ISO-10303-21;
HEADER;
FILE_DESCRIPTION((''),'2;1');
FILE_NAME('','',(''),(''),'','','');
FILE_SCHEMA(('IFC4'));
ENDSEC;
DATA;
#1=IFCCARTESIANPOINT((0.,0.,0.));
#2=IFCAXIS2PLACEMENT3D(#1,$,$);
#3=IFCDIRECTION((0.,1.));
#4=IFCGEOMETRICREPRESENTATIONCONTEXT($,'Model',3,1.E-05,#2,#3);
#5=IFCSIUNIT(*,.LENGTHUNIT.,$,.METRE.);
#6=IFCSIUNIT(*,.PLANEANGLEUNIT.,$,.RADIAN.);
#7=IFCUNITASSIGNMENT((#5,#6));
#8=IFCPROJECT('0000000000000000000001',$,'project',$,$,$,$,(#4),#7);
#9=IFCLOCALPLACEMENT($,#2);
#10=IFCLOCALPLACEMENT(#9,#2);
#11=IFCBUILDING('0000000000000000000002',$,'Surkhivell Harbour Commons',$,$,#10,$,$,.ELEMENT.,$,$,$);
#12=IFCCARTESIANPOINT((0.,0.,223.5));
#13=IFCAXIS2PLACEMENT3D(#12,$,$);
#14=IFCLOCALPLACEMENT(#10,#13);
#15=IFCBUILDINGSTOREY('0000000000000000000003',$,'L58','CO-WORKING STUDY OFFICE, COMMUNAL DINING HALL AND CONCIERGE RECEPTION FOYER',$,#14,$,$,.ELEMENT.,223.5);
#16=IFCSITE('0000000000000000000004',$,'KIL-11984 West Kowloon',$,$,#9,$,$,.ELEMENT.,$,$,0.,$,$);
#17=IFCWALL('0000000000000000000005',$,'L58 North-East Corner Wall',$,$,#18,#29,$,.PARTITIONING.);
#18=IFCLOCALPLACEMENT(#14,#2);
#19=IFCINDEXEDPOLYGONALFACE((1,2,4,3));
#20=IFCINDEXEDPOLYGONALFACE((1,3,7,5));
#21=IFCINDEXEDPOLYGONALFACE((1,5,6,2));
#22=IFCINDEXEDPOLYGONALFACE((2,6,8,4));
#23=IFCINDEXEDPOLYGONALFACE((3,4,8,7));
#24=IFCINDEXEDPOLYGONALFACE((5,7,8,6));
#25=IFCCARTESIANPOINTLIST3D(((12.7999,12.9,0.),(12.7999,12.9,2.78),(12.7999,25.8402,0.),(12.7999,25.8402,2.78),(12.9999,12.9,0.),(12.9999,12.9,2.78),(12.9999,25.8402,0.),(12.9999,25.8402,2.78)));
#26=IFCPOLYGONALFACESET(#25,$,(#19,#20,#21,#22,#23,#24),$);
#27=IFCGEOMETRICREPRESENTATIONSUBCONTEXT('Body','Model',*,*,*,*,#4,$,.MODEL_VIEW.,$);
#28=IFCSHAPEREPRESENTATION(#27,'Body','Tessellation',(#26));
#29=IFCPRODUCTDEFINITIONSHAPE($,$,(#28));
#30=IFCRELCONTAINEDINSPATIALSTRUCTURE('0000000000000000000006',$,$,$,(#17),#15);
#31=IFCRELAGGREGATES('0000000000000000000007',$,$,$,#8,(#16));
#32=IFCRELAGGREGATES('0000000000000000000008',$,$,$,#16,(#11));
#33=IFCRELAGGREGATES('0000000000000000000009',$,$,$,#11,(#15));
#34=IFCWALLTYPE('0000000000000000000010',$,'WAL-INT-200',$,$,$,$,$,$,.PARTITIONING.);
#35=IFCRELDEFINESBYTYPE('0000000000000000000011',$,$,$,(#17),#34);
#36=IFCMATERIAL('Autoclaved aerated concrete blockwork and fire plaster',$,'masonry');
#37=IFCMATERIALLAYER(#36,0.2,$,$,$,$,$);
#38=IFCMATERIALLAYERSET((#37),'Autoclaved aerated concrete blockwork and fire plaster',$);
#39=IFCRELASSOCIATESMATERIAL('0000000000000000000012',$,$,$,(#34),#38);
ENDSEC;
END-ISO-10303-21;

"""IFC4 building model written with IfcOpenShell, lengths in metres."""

from ifc_helpers import new_model, si_unit, direction, frame, frame_2d, origin, place, context, subcontext, project, spatial, rectangle, extrude, material, layer, layer_set, type_object, element, save


model = new_model("IFC4")

# Units and contexts
model_context = context("Model", 3, precision=1e-05, world=origin(), true_north=direction((0.0, 1.0)))
body_context = subcontext(model_context, "Body", "Model", "MODEL_VIEW")
ifc_project = project(units=[si_unit("LENGTHUNIT", "METRE"), si_unit("PLANEANGLEUNIT", "RADIAN")], contexts=[model_context])

# Site, building, storey
site_placement = place(None, origin())
site = spatial("IfcSite", under=ifc_project, at=site_placement, Name="KIL-11984 West Kowloon", CompositionType="ELEMENT", RefElevation=0.0)
building_placement = place(site_placement, origin())
building = spatial("IfcBuilding", under=site, at=building_placement, Name="Surkhivell Harbour Commons", CompositionType="ELEMENT")
storey_placement = place(building_placement, frame((0.0, 0.0, 223.5)))
storey = spatial("IfcBuildingStorey", under=building, at=storey_placement, Name="L58", Description="CO-WORKING STUDY OFFICE, COMMUNAL DINING HALL AND CONCIERGE RECEPTION FOYER", CompositionType="ELEMENT", Elevation=223.5)

# Wall
ifc_material_1 = material(Name="Autoclaved aerated concrete blockwork and fire plaster", Category="masonry")
ifc_layer_1 = layer(ifc_material_1, 0.2)
ifc_layer_set_1 = layer_set([ifc_layer_1], Name="Autoclaved aerated concrete blockwork and fire plaster")
wall_type_1 = type_object("IfcWallType", Name="WAL-INT-200", PredefinedType="PARTITIONING", material=ifc_layer_set_1)
wall_1_placement = place(storey_placement, frame((12.8999, 12.8999, 0.0), z_axis=(0.0, 0.0, 1.0), x_axis=(0.0, 1.0, 0.0)))
element("IfcWall", 1, at=wall_1_placement, inside=storey, type_object=wall_type_1, Name="L58 North-East Corner Wall", PredefinedType="PARTITIONING", context=body_context, shape_type="SweptSolid", body=[
    extrude(rectangle(XDim=12.9402, YDim=0.2, at=frame_2d((6.4702, 0.0))), origin(), (0.0, 0.0, 1.0), 2.78),
])

save(model, "model.ifc")
